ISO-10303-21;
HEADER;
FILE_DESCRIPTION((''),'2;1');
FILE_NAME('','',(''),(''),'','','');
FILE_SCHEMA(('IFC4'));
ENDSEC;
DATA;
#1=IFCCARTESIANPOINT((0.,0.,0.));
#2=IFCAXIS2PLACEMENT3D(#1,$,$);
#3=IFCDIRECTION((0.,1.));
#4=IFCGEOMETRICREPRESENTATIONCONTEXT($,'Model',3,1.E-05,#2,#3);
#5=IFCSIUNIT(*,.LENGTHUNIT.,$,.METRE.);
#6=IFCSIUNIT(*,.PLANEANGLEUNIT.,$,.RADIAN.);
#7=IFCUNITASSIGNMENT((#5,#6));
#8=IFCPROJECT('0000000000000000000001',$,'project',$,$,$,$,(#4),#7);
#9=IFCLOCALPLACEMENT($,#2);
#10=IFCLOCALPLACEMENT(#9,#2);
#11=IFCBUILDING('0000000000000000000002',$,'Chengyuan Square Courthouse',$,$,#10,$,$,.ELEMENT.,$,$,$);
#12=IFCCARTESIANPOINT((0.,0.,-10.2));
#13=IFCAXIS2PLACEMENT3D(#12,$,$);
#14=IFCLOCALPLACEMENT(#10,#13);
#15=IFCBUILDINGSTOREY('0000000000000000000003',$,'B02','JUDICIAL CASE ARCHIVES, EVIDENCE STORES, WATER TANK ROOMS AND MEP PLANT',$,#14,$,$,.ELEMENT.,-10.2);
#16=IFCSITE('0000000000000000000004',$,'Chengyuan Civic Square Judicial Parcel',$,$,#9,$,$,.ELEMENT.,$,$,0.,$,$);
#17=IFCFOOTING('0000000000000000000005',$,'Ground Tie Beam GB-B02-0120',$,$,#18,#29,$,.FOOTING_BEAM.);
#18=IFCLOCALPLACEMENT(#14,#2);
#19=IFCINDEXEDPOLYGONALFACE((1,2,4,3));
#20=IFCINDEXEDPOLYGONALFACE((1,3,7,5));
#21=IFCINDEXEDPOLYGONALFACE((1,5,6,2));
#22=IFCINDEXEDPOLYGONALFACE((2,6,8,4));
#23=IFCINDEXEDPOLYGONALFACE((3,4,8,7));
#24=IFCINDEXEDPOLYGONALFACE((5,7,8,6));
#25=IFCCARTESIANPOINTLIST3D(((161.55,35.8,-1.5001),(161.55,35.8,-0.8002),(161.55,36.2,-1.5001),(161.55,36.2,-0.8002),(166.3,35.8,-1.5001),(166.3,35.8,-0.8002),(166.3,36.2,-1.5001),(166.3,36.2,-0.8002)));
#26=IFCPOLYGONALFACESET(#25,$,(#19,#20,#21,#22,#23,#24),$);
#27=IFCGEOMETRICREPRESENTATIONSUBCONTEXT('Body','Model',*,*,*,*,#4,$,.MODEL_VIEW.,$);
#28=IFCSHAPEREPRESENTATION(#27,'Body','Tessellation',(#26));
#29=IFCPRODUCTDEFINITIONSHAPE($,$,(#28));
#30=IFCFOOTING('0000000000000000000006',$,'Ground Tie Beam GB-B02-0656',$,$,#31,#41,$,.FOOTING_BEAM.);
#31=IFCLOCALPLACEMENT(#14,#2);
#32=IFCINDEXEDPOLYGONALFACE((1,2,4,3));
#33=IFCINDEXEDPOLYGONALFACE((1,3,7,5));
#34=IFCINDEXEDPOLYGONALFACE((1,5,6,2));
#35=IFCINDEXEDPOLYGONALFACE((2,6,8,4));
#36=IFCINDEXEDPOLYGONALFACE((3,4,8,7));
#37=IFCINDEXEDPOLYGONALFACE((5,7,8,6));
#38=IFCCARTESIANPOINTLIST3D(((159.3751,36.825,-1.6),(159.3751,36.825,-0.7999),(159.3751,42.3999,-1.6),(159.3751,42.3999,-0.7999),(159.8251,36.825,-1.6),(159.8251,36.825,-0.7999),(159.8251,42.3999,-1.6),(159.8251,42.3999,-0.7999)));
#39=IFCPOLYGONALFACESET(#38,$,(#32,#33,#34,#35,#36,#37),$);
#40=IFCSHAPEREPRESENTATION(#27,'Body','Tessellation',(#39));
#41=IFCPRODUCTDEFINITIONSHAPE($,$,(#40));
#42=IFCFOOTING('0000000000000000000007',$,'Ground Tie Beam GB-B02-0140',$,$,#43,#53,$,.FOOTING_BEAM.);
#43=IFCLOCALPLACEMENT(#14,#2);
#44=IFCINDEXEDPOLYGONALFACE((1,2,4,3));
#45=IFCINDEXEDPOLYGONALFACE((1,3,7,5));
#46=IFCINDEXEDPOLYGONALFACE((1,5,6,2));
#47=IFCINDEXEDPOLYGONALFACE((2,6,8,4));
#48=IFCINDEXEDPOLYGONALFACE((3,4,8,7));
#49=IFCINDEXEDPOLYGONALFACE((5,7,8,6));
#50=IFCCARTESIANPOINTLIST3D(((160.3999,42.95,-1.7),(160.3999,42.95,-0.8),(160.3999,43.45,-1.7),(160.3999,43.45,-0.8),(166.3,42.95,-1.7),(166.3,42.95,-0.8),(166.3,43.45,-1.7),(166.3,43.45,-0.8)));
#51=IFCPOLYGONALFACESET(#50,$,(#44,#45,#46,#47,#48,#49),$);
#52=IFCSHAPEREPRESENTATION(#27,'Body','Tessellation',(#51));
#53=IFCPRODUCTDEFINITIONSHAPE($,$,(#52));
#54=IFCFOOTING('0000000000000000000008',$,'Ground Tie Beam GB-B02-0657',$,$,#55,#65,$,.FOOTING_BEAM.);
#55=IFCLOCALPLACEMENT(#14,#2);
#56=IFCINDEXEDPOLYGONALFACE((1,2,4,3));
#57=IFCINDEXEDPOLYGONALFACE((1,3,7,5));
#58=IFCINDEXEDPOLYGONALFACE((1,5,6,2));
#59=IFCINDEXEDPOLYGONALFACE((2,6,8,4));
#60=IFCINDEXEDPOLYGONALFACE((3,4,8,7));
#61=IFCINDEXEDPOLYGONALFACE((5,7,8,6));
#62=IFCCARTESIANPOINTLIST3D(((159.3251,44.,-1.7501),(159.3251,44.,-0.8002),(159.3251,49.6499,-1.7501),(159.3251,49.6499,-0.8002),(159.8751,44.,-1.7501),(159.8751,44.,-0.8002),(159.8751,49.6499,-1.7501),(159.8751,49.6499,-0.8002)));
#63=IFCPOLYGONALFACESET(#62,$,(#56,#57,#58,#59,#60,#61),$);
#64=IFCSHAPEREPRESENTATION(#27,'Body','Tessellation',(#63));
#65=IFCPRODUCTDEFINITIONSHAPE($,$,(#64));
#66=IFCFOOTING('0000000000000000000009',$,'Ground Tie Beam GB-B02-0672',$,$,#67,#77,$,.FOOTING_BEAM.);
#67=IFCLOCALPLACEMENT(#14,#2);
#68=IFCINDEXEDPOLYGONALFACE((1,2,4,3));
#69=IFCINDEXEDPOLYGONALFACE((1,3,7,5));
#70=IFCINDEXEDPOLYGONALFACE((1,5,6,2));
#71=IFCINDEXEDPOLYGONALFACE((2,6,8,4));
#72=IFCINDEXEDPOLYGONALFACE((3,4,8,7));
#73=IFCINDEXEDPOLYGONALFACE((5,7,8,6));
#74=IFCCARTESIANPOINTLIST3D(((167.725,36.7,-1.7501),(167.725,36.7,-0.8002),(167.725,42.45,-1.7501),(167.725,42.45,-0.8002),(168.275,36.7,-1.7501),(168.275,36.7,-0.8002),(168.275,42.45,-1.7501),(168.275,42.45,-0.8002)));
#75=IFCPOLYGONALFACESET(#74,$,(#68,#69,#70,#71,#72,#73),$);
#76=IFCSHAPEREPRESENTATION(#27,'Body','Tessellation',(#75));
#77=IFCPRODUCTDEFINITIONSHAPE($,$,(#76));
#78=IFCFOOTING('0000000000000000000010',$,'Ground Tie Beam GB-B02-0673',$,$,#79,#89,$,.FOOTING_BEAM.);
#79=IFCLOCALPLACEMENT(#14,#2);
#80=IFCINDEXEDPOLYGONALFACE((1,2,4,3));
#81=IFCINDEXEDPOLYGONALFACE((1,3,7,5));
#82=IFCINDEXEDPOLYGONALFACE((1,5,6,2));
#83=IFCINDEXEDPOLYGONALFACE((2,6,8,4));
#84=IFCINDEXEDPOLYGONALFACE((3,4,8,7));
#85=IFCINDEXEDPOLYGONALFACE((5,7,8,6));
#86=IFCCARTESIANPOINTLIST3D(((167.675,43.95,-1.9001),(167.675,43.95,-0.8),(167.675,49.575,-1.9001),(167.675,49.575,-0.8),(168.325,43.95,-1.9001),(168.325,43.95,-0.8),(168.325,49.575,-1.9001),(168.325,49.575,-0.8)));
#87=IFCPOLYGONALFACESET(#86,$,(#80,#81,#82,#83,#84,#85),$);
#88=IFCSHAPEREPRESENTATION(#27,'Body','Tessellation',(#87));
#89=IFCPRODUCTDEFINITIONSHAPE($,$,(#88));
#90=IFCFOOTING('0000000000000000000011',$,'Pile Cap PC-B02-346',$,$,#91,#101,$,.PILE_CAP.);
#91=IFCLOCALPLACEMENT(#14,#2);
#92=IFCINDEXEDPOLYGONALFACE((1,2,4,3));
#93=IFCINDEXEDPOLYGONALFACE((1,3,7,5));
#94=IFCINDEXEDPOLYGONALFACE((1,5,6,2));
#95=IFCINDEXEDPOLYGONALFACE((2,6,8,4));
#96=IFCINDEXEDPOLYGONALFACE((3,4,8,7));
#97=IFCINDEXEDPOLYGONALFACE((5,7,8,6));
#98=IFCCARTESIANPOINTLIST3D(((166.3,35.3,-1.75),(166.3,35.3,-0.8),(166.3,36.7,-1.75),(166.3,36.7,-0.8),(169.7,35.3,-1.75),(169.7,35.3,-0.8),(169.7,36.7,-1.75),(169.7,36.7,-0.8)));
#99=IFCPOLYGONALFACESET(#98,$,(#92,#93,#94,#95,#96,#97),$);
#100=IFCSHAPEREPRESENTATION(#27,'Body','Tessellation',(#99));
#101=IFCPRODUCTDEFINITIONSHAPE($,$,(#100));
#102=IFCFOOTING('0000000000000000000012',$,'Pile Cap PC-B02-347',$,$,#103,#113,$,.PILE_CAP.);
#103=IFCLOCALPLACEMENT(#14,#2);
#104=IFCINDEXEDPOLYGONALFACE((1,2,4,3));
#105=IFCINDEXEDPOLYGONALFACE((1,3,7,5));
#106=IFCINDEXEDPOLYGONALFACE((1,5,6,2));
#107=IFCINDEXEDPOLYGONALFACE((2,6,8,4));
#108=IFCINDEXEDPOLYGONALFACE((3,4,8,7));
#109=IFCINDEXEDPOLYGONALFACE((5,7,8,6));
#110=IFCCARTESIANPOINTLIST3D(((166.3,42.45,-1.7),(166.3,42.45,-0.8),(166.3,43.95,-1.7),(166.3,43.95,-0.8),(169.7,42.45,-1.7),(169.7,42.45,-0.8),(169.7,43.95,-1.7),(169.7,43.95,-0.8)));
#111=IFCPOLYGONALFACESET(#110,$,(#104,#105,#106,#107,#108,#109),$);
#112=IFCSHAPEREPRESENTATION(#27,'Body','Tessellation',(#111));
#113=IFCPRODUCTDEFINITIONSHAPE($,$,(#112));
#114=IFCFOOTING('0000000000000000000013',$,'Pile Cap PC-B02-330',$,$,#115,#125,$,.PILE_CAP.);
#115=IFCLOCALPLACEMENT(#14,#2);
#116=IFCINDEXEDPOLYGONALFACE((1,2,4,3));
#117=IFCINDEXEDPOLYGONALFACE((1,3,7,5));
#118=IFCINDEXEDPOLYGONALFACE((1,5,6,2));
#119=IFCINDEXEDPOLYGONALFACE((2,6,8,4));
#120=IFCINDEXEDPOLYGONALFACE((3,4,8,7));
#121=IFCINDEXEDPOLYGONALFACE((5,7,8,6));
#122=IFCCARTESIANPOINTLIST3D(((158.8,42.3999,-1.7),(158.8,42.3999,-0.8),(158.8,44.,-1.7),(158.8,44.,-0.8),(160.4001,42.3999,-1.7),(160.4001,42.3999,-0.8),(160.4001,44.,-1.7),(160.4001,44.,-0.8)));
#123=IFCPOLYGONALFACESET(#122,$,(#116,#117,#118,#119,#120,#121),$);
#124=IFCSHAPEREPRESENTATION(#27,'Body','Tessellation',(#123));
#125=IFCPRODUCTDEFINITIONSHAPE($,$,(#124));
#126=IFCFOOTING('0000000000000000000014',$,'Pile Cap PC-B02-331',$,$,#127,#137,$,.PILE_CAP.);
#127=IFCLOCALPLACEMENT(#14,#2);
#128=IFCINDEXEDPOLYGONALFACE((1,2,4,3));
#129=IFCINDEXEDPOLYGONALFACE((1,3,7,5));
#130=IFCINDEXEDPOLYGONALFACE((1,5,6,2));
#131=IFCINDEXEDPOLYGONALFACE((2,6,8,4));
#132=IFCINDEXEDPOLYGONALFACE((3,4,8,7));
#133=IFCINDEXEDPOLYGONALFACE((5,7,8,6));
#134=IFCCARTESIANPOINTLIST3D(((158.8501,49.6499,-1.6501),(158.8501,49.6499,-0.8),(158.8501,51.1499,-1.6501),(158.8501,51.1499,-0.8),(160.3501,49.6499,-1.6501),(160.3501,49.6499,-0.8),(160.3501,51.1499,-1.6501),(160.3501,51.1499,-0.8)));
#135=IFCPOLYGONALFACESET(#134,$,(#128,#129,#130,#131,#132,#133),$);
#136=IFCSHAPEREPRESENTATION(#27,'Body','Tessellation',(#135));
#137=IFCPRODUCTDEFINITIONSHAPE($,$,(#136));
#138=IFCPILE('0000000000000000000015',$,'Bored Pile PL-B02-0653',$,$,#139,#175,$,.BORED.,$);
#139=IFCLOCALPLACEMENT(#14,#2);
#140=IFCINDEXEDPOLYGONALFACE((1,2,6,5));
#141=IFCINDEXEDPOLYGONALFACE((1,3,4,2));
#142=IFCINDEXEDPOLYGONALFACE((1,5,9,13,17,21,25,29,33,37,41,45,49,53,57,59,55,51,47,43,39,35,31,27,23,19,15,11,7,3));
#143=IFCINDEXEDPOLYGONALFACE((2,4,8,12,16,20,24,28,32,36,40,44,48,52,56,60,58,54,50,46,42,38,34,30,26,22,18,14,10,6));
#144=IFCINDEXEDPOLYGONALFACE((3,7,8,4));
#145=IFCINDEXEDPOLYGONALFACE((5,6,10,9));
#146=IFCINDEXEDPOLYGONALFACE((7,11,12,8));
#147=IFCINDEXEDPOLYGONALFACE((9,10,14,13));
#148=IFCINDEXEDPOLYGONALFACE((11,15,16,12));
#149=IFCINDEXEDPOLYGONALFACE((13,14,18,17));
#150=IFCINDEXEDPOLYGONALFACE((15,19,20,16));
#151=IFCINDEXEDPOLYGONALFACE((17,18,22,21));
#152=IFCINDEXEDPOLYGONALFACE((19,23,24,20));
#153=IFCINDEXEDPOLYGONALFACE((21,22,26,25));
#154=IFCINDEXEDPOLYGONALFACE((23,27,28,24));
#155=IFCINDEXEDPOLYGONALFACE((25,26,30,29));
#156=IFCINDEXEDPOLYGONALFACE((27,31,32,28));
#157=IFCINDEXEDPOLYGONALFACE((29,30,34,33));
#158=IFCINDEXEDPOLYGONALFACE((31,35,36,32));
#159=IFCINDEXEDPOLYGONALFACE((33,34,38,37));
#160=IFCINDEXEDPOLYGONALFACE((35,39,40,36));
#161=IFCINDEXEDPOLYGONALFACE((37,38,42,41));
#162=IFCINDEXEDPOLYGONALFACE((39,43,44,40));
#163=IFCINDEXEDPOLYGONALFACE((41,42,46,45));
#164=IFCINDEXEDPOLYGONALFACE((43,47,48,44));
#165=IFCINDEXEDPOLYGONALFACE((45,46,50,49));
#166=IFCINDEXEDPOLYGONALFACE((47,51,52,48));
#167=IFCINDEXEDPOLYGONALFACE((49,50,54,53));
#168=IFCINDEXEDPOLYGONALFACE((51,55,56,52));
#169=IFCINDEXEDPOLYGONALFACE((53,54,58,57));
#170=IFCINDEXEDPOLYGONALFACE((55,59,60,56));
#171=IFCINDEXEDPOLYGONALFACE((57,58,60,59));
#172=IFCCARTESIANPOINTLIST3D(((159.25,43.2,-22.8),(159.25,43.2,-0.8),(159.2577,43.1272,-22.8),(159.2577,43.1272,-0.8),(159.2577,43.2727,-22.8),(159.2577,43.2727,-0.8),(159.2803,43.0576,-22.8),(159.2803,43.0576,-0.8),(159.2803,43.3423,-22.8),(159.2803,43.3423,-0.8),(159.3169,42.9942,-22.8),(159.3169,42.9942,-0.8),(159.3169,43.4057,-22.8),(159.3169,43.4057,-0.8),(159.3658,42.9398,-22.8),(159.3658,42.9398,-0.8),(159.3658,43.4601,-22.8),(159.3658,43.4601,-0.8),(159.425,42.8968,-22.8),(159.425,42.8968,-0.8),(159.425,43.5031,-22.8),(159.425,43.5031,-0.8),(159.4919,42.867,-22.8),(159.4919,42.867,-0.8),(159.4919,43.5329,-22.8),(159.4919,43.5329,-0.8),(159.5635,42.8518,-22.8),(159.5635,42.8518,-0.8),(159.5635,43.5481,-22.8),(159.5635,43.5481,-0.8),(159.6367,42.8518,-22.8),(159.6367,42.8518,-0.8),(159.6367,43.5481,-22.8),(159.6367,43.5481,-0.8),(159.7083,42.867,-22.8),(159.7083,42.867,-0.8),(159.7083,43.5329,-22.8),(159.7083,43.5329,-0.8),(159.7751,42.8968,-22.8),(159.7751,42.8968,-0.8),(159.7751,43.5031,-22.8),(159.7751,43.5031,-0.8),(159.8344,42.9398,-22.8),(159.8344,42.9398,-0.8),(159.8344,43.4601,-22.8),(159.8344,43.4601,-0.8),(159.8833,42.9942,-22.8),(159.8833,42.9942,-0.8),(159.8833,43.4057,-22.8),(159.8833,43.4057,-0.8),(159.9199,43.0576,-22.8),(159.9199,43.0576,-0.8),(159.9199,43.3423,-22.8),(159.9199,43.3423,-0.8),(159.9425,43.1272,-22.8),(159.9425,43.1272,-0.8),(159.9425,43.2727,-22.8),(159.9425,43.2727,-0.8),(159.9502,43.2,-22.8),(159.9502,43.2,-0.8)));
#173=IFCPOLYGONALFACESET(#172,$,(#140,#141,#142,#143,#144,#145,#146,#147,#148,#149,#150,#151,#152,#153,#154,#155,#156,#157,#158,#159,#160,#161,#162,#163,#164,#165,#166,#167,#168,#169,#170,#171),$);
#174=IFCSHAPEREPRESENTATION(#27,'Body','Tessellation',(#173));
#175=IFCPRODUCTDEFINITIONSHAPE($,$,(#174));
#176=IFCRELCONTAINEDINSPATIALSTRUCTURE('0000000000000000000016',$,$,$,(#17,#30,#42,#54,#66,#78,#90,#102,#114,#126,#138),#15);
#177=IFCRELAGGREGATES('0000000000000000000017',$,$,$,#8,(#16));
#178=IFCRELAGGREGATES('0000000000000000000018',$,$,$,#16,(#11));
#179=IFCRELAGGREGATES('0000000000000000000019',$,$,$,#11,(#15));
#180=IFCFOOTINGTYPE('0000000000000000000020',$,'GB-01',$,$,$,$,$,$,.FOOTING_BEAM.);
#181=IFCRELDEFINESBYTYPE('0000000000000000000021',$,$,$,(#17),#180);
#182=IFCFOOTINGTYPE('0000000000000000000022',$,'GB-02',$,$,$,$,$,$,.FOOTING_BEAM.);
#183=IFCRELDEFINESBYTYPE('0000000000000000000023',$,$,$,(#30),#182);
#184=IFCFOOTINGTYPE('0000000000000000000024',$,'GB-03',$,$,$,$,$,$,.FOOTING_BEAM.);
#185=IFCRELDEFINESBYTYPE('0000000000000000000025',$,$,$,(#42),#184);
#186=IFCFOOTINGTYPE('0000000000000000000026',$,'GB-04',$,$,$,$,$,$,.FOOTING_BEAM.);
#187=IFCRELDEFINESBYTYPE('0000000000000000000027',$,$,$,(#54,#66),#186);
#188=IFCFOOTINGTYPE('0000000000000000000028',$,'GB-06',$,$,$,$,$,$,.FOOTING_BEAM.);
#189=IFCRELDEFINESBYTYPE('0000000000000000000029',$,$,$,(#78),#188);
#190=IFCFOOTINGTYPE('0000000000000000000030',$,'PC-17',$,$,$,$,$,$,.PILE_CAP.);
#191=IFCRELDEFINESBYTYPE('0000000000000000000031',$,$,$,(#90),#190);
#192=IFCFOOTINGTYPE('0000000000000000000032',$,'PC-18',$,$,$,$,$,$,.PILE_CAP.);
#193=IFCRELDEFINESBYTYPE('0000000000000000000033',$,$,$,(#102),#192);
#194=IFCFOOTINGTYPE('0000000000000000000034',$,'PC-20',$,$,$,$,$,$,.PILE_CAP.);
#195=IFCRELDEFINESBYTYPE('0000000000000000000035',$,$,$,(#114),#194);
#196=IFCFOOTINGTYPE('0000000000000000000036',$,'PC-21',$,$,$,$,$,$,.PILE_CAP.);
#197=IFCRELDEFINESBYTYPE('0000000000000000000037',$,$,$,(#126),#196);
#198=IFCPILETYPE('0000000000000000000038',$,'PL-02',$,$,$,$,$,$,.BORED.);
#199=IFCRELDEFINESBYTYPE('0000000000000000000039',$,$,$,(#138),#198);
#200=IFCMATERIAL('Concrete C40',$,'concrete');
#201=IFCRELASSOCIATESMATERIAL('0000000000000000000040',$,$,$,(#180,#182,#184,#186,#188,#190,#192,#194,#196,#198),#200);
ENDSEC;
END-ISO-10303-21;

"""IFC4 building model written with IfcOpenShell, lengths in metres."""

from ifc_helpers import new_model, si_unit, direction, frame, origin, origin_2d, place, context, subcontext, project, spatial, rectangle, circle, extrude, material, material_profile, profile_set, type_object, element, save


model = new_model("IFC4")

# Units and contexts
model_context = context("Model", 3, precision=1e-05, world=origin(), true_north=direction((0.0, 1.0)))
body_context = subcontext(model_context, "Body", "Model", "MODEL_VIEW")
ifc_project = project(units=[si_unit("LENGTHUNIT", "METRE"), si_unit("PLANEANGLEUNIT", "RADIAN")], contexts=[model_context])

# Site, building, storey
site_placement = place(None, origin())
site = spatial("IfcSite", under=ifc_project, at=site_placement, Name="Chengyuan Civic Square Judicial Parcel", CompositionType="ELEMENT", RefElevation=0.0)
building_placement = place(site_placement, origin())
building = spatial("IfcBuilding", under=site, at=building_placement, Name="Chengyuan Square Courthouse", CompositionType="ELEMENT")
storey_placement = place(building_placement, frame((0.0, 0.0, -10.2)))
storey = spatial("IfcBuildingStorey", under=building, at=storey_placement, Name="B02", Description="JUDICIAL CASE ARCHIVES, EVIDENCE STORES, WATER TANK ROOMS AND MEP PLANT", CompositionType="ELEMENT", Elevation=-10.2)

# Footings
ifc_material_1 = material(Name="Concrete C40", Category="concrete")
ifc_material_profile_1 = material_profile(ifc_material_1, rectangle(XDim=0.3999, YDim=0.7, at=origin_2d()), Name="GB-400x700")
ifc_profile_set_1 = profile_set([ifc_material_profile_1], Name="Concrete C40")
footing_type_1 = type_object("IfcFootingType", Name="GB-01", PredefinedType="FOOTING_BEAM", material=ifc_profile_set_1)
footing_1_placement = place(storey_placement, frame((161.55, 36.0, -1.1501), z_axis=(1.0, 0.0, 0.0), x_axis=(0.0, 1.0, 0.0)))
element("IfcFooting", 1, at=footing_1_placement, inside=storey, type_object=footing_type_1, Name="Ground Tie Beam GB-B02-0120", PredefinedType="FOOTING_BEAM", context=body_context, shape_type="SweptSolid", body=[
    extrude(rectangle(XDim=0.3999, YDim=0.7, at=origin_2d()), origin(), (0.0, 0.0, 1.0), 4.75),
])
ifc_material_profile_2 = material_profile(ifc_material_1, rectangle(XDim=0.45, YDim=0.8, at=origin_2d()), Name="GB-450x800")
ifc_profile_set_2 = profile_set([ifc_material_profile_2], Name="Concrete C40")
footing_type_2 = type_object("IfcFootingType", Name="GB-02", PredefinedType="FOOTING_BEAM", material=ifc_profile_set_2)
footing_2_placement = place(storey_placement, frame((159.6001, 36.825, -1.2), z_axis=(0.0, 1.0, 0.0), x_axis=(-1.0, 0.0, 0.0)))
element("IfcFooting", 2, at=footing_2_placement, inside=storey, type_object=footing_type_2, Name="Ground Tie Beam GB-B02-0656", PredefinedType="FOOTING_BEAM", context=body_context, shape_type="SweptSolid", body=[
    extrude(rectangle(XDim=0.45, YDim=0.8, at=origin_2d()), origin(), (0.0, 0.0, 1.0), 5.575),
])
ifc_material_profile_3 = material_profile(ifc_material_1, rectangle(XDim=0.5, YDim=0.8999, at=origin_2d()), Name="GB-500x900")
ifc_profile_set_3 = profile_set([ifc_material_profile_3], Name="Concrete C40")
footing_type_3 = type_object("IfcFootingType", Name="GB-03", PredefinedType="FOOTING_BEAM", material=ifc_profile_set_3)
footing_3_placement = place(storey_placement, frame((160.3999, 43.2, -1.25), z_axis=(1.0, 0.0, 0.0), x_axis=(0.0, 1.0, 0.0)))
element("IfcFooting", 3, at=footing_3_placement, inside=storey, type_object=footing_type_3, Name="Ground Tie Beam GB-B02-0140", PredefinedType="FOOTING_BEAM", context=body_context, shape_type="SweptSolid", body=[
    extrude(rectangle(XDim=0.5, YDim=0.8999, at=origin_2d()), origin(), (0.0, 0.0, 1.0), 5.9001),
])
ifc_material_profile_4 = material_profile(ifc_material_1, rectangle(XDim=0.55, YDim=0.95, at=origin_2d()), Name="GB-550x950")
ifc_profile_set_4 = profile_set([ifc_material_profile_4], Name="Concrete C40")
footing_type_4 = type_object("IfcFootingType", Name="GB-04", PredefinedType="FOOTING_BEAM", material=ifc_profile_set_4)
footing_4_placement = place(storey_placement, frame((159.6001, 44.0, -1.2751), z_axis=(0.0, 1.0, 0.0), x_axis=(-1.0, 0.0, 0.0)))
element("IfcFooting", 4, at=footing_4_placement, inside=storey, type_object=footing_type_4, Name="Ground Tie Beam GB-B02-0657", PredefinedType="FOOTING_BEAM", context=body_context, shape_type="SweptSolid", body=[
    extrude(rectangle(XDim=0.55, YDim=0.95, at=origin_2d()), origin(), (0.0, 0.0, 1.0), 5.6499),
])
footing_5_placement = place(storey_placement, frame((168.0, 36.7, -1.2751), z_axis=(0.0, 1.0, 0.0), x_axis=(-1.0, 0.0, 0.0)))
element("IfcFooting", 5, at=footing_5_placement, inside=storey, type_object=footing_type_4, Name="Ground Tie Beam GB-B02-0672", PredefinedType="FOOTING_BEAM", context=body_context, shape_type="SweptSolid", body=[
    extrude(rectangle(XDim=0.55, YDim=0.95, at=origin_2d()), origin(), (0.0, 0.0, 1.0), 5.75),
])
ifc_material_profile_5 = material_profile(ifc_material_1, rectangle(XDim=0.6499, YDim=1.1001, at=origin_2d()), Name="GB-650x1100")
ifc_profile_set_5 = profile_set([ifc_material_profile_5], Name="Concrete C40")
footing_type_5 = type_object("IfcFootingType", Name="GB-06", PredefinedType="FOOTING_BEAM", material=ifc_profile_set_5)
footing_6_placement = place(storey_placement, frame((168.0, 43.95, -1.3501), z_axis=(0.0, 1.0, 0.0), x_axis=(-1.0, 0.0, 0.0)))
element("IfcFooting", 6, at=footing_6_placement, inside=storey, type_object=footing_type_5, Name="Ground Tie Beam GB-B02-0673", PredefinedType="FOOTING_BEAM", context=body_context, shape_type="SweptSolid", body=[
    extrude(rectangle(XDim=0.6499, YDim=1.1001, at=origin_2d()), origin(), (0.0, 0.0, 1.0), 5.625),
])
footing_type_6 = type_object("IfcFootingType", Name="PC-17", PredefinedType="PILE_CAP", material=ifc_material_1)
footing_7_placement = place(storey_placement, frame((168.0, 36.0, -1.75), z_axis=(0.0, 0.0, 1.0), x_axis=(1.0, 0.0, 0.0)))
element("IfcFooting", 7, at=footing_7_placement, inside=storey, type_object=footing_type_6, Name="Pile Cap PC-B02-346", PredefinedType="PILE_CAP", context=body_context, shape_type="SweptSolid", body=[
    extrude(rectangle(XDim=3.3999, YDim=1.3999, at=origin_2d()), origin(), (0.0, 0.0, 1.0), 0.95),
])
footing_type_7 = type_object("IfcFootingType", Name="PC-18", PredefinedType="PILE_CAP", material=ifc_material_1)
footing_8_placement = place(storey_placement, frame((168.0, 43.2, -1.7), z_axis=(0.0, 0.0, 1.0), x_axis=(1.0, 0.0, 0.0)))
element("IfcFooting", 8, at=footing_8_placement, inside=storey, type_object=footing_type_7, Name="Pile Cap PC-B02-347", PredefinedType="PILE_CAP", context=body_context, shape_type="SweptSolid", body=[
    extrude(rectangle(XDim=3.3999, YDim=1.5, at=origin_2d()), origin(), (0.0, 0.0, 1.0), 0.8999),
])
footing_type_8 = type_object("IfcFootingType", Name="PC-20", PredefinedType="PILE_CAP", material=ifc_material_1)
footing_9_placement = place(storey_placement, frame((159.6001, 43.2, -1.7), z_axis=(0.0, 0.0, 1.0), x_axis=(1.0, 0.0, 0.0)))
element("IfcFooting", 9, at=footing_9_placement, inside=storey, type_object=footing_type_8, Name="Pile Cap PC-B02-330", PredefinedType="PILE_CAP", context=body_context, shape_type="SweptSolid", body=[
    extrude(rectangle(XDim=1.6001, YDim=1.6001, at=origin_2d()), origin(), (0.0, 0.0, 1.0), 0.8999),
])
footing_type_9 = type_object("IfcFootingType", Name="PC-21", PredefinedType="PILE_CAP", material=ifc_material_1)
footing_10_placement = place(storey_placement, frame((159.6001, 50.3999, -1.6501), z_axis=(0.0, 0.0, 1.0), x_axis=(1.0, 0.0, 0.0)))
element("IfcFooting", 10, at=footing_10_placement, inside=storey, type_object=footing_type_9, Name="Pile Cap PC-B02-331", PredefinedType="PILE_CAP", context=body_context, shape_type="SweptSolid", body=[
    extrude(rectangle(XDim=1.5, YDim=1.5, at=origin_2d()), origin(), (0.0, 0.0, 1.0), 0.8501),
])

# Pile
ifc_material_profile_6 = material_profile(ifc_material_1, circle(Radius=0.3501, at=origin_2d()), Name="BORED PILE D700")
ifc_profile_set_6 = profile_set([ifc_material_profile_6], Name="Concrete C40")
pile_type_1 = type_object("IfcPileType", Name="PL-02", PredefinedType="BORED", material=ifc_profile_set_6)
for number, where, z_axis, x_axis, name in (
    (11, (159.6001, 43.2, -0.8), (0.0, 0.0, -1.0), (1.0, 0.0, 0.0), "Bored Pile PL-B02-0653"),
):
    element("IfcPile", number, at=place(storey_placement, frame(where, z_axis=z_axis, x_axis=x_axis)), inside=storey, type_object=pile_type_1, Name=name, PredefinedType="BORED", context=body_context, shape_type="SweptSolid", body=[
        extrude(circle(Radius=0.3501, at=origin_2d()), origin(), (0.0, 0.0, 1.0), 22.0),
    ])

save(model, "model.ifc")
